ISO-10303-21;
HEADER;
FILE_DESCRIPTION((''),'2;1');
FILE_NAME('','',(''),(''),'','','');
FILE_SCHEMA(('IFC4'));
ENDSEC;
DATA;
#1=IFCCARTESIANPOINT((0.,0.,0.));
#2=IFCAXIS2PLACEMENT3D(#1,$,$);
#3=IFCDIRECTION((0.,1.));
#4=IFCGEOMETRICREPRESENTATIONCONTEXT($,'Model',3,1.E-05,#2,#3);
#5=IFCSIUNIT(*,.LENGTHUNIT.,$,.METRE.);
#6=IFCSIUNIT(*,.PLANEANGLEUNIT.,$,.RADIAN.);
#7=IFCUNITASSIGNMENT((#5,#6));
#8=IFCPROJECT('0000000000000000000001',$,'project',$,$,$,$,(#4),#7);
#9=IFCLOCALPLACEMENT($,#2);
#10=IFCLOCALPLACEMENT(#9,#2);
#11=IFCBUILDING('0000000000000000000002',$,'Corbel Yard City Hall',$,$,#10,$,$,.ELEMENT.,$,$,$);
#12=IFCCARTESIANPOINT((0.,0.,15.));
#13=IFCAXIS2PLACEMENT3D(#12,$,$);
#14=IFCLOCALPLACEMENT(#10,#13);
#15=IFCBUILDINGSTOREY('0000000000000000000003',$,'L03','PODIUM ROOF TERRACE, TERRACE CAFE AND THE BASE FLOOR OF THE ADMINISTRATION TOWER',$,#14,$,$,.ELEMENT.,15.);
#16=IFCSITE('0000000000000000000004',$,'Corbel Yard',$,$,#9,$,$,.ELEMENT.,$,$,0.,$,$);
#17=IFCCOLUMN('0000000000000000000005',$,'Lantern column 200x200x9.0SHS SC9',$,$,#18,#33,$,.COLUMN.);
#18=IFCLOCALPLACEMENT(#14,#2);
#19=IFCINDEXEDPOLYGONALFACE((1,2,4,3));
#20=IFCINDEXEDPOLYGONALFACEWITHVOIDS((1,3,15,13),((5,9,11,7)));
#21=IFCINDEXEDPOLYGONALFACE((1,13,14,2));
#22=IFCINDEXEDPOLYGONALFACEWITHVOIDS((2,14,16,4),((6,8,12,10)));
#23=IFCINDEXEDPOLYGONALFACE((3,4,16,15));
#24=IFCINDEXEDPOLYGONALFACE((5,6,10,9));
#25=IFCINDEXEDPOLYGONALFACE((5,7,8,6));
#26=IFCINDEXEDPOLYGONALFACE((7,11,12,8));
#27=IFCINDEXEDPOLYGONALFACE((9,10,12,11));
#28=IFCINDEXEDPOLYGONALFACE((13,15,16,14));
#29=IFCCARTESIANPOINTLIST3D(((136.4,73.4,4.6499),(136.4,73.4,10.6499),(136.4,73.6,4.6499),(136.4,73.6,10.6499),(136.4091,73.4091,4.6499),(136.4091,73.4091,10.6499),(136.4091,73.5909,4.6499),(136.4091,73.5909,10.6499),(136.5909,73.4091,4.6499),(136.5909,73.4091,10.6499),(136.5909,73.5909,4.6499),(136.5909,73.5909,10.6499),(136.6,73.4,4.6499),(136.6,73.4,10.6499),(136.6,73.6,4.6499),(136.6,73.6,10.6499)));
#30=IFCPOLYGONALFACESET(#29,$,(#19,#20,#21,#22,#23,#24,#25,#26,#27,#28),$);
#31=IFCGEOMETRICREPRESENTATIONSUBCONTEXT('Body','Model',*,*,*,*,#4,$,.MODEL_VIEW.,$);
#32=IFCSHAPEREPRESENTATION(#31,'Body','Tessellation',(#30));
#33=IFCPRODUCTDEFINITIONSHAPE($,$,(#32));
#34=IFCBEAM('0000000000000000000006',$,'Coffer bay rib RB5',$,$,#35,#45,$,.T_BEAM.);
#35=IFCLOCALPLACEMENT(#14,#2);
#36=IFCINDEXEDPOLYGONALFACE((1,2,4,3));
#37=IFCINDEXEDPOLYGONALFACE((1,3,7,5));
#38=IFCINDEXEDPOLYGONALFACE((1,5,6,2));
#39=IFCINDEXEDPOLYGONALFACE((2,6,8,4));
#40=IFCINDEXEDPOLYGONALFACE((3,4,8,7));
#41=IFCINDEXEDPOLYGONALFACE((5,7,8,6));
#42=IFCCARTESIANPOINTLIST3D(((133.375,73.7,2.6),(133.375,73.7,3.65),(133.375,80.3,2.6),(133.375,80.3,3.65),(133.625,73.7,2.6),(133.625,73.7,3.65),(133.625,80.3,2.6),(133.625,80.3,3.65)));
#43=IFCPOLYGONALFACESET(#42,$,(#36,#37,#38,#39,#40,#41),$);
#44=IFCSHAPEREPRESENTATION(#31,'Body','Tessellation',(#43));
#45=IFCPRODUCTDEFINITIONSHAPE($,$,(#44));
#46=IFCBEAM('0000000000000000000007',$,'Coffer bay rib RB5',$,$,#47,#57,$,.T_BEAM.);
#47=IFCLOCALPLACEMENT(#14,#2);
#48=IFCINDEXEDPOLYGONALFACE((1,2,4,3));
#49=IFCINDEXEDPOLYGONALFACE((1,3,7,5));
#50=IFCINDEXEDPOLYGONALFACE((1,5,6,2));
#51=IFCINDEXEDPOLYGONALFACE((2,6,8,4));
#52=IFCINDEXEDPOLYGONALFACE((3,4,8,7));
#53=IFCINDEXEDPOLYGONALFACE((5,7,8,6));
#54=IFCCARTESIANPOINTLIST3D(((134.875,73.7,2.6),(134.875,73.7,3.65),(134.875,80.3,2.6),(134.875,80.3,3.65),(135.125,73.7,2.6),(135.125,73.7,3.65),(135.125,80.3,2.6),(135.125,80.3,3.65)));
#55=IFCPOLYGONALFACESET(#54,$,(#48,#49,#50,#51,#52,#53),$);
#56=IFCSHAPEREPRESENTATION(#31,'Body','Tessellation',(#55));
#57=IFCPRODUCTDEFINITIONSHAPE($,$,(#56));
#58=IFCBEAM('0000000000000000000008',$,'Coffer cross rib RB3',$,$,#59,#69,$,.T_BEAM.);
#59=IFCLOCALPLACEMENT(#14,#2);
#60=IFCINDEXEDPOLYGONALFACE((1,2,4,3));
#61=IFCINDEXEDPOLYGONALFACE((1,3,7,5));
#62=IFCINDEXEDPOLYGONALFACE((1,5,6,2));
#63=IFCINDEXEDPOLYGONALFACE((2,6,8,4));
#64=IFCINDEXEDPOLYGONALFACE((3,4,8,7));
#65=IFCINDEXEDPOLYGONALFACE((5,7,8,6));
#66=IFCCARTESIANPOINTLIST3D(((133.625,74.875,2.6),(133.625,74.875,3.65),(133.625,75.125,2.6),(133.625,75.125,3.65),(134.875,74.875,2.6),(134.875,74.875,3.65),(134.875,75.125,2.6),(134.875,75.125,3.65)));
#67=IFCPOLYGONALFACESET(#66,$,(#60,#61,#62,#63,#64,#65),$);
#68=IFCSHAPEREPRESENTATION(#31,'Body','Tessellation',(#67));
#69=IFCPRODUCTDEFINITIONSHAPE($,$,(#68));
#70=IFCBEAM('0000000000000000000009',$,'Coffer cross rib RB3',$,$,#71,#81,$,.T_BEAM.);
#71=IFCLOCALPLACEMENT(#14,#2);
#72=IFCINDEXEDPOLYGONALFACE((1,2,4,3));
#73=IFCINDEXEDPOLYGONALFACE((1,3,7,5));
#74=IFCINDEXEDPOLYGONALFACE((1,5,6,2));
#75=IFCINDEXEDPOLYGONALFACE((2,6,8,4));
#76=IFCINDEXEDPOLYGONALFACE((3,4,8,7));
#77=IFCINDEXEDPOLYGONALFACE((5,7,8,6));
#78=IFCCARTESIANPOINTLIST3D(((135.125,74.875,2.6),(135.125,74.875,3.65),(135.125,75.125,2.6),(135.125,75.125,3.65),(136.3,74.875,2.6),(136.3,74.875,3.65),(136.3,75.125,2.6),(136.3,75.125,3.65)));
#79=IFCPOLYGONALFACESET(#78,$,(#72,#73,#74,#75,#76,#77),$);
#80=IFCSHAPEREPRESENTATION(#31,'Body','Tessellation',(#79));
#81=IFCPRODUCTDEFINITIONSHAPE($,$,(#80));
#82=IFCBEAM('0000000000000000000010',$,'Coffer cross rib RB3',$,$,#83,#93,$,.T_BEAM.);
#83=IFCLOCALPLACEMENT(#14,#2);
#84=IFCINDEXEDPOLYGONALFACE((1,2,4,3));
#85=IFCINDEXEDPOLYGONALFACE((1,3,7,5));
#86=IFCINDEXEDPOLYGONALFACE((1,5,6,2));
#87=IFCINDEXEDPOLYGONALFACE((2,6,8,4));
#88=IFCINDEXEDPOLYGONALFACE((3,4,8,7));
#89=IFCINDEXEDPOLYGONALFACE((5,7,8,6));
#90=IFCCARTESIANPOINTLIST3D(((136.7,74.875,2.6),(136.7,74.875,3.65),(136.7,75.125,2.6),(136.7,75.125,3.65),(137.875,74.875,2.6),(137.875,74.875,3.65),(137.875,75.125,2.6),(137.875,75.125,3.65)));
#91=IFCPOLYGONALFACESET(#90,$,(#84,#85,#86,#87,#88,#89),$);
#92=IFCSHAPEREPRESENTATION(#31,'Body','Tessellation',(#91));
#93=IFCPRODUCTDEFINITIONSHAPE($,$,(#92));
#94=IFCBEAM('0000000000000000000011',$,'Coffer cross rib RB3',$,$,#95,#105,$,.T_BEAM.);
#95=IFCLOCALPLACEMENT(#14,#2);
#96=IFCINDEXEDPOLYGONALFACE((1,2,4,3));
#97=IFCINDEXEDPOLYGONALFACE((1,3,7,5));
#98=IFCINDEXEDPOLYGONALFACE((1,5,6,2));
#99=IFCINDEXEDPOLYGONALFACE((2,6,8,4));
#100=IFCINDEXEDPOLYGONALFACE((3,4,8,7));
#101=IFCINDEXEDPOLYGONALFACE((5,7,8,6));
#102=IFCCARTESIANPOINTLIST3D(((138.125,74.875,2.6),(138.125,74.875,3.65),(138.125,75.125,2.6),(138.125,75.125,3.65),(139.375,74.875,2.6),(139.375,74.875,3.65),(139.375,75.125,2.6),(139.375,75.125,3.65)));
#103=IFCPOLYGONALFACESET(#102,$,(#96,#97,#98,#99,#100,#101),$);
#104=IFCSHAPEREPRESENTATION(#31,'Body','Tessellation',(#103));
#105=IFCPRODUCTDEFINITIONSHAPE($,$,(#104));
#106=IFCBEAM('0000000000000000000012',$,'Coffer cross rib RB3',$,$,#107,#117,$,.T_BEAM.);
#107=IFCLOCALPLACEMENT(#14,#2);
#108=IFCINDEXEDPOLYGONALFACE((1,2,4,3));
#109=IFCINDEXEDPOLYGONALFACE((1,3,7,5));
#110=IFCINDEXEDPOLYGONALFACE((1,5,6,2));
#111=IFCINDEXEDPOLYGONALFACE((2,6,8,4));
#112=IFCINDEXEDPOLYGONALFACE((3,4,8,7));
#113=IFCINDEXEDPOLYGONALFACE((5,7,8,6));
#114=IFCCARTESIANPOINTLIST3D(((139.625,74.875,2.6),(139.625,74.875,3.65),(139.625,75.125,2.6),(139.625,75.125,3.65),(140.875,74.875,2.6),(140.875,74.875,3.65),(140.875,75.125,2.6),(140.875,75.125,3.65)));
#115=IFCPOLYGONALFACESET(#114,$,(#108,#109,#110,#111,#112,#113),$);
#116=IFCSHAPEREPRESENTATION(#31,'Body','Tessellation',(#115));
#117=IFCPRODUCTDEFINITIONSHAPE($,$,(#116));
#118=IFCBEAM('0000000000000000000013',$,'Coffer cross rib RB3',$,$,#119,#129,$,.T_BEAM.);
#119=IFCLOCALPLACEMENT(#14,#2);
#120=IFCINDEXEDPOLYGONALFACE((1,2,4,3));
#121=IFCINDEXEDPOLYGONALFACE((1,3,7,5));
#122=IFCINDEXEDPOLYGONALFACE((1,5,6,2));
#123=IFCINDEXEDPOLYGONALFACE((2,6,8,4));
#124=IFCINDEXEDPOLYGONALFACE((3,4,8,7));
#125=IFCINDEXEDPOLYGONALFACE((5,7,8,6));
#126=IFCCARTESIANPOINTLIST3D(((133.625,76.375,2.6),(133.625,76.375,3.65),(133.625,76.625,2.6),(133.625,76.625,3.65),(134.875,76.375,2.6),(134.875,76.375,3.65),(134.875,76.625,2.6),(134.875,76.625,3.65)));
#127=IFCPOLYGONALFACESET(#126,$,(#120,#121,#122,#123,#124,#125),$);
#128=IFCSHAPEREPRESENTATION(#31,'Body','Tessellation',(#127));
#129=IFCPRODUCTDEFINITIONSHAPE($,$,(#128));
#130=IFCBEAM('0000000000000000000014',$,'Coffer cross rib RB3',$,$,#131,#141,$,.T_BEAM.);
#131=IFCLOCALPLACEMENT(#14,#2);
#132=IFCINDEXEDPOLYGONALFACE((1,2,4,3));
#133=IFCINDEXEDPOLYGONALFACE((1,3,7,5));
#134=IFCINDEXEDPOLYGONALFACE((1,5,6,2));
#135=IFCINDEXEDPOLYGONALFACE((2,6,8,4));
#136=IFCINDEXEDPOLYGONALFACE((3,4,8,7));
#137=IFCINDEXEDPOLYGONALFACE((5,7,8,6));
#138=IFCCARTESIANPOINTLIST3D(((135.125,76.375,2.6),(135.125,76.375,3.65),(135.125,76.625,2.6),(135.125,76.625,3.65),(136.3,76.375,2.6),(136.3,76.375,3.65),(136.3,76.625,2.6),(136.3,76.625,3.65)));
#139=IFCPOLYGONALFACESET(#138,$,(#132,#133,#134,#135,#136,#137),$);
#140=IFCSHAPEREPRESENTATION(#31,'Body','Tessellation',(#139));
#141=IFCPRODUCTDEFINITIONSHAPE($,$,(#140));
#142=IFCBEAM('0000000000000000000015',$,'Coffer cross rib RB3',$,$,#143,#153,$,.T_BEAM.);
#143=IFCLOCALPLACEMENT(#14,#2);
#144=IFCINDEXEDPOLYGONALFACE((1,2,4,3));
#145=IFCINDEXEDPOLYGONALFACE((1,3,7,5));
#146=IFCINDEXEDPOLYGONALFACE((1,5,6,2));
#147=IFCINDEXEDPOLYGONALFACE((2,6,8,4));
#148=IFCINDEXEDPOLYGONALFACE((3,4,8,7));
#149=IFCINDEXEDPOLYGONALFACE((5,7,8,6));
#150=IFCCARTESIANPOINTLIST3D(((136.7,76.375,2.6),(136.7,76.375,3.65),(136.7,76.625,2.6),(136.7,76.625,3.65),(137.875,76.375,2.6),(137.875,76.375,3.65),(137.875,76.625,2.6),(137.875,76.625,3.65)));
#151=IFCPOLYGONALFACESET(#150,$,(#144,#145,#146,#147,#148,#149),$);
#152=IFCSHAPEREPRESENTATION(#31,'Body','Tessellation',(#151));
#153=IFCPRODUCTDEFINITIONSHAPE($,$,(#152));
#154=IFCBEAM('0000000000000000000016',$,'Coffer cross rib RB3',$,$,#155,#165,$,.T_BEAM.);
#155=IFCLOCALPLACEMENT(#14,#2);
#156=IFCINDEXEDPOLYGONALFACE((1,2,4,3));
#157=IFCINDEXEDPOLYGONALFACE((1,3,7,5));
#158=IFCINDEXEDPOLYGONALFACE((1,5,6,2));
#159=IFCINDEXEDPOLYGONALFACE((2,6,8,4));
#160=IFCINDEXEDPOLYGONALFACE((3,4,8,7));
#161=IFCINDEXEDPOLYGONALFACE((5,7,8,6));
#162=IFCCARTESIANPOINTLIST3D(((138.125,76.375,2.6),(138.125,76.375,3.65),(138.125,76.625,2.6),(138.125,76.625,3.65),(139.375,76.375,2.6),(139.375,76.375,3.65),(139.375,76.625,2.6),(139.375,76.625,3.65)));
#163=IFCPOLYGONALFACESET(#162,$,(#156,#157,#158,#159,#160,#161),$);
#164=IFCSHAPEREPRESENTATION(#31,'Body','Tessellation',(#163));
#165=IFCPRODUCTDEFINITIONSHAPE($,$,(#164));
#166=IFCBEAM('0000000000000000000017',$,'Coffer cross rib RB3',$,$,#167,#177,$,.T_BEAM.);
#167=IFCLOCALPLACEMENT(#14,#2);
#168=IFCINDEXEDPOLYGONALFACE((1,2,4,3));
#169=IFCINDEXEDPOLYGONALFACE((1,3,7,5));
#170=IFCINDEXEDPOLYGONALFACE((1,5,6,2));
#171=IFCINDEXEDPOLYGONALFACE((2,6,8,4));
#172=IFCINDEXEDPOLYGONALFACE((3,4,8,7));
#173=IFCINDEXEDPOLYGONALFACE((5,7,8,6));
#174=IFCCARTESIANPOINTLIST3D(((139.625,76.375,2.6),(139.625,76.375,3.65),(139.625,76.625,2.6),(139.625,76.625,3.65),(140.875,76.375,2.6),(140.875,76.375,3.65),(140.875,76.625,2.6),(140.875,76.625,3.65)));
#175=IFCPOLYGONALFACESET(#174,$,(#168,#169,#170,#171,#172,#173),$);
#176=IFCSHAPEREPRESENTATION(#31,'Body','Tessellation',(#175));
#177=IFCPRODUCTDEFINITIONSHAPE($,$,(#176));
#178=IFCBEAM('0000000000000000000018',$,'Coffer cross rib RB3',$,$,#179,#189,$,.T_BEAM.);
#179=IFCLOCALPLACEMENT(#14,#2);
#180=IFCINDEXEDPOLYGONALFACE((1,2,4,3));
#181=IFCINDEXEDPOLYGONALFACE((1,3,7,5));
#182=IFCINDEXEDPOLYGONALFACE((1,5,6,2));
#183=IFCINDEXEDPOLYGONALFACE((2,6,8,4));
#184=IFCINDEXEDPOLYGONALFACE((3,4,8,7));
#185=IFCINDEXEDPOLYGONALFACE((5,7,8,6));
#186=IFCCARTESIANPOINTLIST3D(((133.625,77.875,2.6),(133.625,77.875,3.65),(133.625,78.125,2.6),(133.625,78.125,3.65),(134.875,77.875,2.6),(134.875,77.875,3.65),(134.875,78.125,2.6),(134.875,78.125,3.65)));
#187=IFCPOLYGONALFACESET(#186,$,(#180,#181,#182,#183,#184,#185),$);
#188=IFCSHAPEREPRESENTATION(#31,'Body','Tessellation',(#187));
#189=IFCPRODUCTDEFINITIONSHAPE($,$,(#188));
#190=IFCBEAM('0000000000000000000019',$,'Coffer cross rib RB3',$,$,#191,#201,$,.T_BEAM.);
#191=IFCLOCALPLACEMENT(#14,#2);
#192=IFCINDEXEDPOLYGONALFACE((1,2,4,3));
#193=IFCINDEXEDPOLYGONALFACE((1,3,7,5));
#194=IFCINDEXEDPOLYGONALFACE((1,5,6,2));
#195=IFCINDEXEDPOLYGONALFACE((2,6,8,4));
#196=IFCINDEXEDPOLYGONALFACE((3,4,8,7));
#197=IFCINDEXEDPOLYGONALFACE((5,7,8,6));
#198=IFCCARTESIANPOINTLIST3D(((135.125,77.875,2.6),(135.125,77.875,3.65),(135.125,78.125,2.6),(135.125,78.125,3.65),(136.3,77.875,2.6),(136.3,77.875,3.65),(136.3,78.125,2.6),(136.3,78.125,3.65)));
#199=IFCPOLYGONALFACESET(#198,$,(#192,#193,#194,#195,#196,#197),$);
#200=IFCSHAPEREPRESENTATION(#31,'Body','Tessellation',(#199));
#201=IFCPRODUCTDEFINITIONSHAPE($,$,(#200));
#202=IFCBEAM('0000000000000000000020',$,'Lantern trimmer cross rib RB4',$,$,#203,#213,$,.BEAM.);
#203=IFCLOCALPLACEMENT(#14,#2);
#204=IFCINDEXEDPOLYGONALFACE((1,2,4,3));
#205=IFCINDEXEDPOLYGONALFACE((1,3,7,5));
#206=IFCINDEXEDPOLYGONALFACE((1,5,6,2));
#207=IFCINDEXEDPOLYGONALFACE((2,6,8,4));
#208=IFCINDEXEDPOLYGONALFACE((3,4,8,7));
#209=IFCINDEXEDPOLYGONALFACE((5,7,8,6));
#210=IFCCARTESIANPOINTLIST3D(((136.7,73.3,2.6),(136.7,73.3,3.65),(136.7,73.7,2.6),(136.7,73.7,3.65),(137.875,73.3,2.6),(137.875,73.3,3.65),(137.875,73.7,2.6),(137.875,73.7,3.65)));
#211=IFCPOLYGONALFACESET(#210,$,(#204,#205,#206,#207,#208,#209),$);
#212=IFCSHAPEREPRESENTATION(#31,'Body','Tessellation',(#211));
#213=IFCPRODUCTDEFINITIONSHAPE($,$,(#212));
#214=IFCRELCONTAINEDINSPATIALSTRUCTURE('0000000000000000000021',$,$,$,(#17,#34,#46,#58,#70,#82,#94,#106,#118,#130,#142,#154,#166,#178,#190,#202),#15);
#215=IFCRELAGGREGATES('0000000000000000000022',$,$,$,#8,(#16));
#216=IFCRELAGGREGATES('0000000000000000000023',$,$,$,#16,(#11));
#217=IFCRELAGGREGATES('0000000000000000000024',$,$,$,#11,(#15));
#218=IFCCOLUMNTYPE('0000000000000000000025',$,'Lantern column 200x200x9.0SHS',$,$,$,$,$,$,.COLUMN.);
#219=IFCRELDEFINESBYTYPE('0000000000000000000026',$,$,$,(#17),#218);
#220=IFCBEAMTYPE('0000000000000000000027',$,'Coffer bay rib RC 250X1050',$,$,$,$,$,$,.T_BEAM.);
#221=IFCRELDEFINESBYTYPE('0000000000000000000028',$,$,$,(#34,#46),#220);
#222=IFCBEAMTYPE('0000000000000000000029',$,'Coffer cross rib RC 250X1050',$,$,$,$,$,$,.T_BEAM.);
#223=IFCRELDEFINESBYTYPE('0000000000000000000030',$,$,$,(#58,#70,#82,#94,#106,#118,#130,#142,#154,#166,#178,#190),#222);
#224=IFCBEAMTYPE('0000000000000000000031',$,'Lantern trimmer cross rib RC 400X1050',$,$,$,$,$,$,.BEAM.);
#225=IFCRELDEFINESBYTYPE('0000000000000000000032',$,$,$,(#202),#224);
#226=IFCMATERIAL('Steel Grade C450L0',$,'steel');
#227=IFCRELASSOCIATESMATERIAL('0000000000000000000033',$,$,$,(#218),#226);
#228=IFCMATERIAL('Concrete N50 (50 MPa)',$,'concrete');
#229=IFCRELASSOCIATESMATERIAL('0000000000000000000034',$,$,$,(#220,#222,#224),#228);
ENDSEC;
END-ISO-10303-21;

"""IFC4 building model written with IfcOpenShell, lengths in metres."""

from ifc_helpers import new_model, si_unit, direction, frame, origin, origin_2d, place, context, subcontext, project, spatial, rectangle, hollow_rectangle, extrude, material, material_profile, profile_set, type_object, element, save


model = new_model("IFC4")

# Units and contexts
model_context = context("Model", 3, precision=1e-05, world=origin(), true_north=direction((0.0, 1.0)))
body_context = subcontext(model_context, "Body", "Model", "MODEL_VIEW")
ifc_project = project(units=[si_unit("LENGTHUNIT", "METRE"), si_unit("PLANEANGLEUNIT", "RADIAN")], contexts=[model_context])

# Site, building, storey
site_placement = place(None, origin())
site = spatial("IfcSite", under=ifc_project, at=site_placement, Name="Corbel Yard", CompositionType="ELEMENT", RefElevation=0.0)
building_placement = place(site_placement, origin())
building = spatial("IfcBuilding", under=site, at=building_placement, Name="Corbel Yard City Hall", CompositionType="ELEMENT")
storey_placement = place(building_placement, frame((0.0, 0.0, 15.0)))
storey = spatial("IfcBuildingStorey", under=building, at=storey_placement, Name="L03", Description="PODIUM ROOF TERRACE, TERRACE CAFE AND THE BASE FLOOR OF THE ADMINISTRATION TOWER", CompositionType="ELEMENT", Elevation=15.0)

# Column
ifc_material_1 = material(Name="Steel Grade C450L0", Category="steel")
ifc_material_profile_1 = material_profile(ifc_material_1, hollow_rectangle(XDim=0.2, YDim=0.2, WallThickness=0.009, at=origin_2d()), Name="200x200x9.0SHS")
ifc_profile_set_1 = profile_set([ifc_material_profile_1], Name="Steel Grade C450L0")
column_type = type_object("IfcColumnType", Name="Lantern column 200x200x9.0SHS", PredefinedType="COLUMN", material=ifc_profile_set_1)
column_placement = place(storey_placement, frame((136.5, 73.5, 4.6499), z_axis=(0.0, 0.0, 1.0), x_axis=(1.0, 0.0, 0.0)))
element("IfcColumn", 1, at=column_placement, inside=storey, type_object=column_type, Name="Lantern column 200x200x9.0SHS SC9", PredefinedType="COLUMN", context=body_context, shape_type="SweptSolid", body=[
    extrude(hollow_rectangle(XDim=0.2, YDim=0.2, WallThickness=0.009, at=origin_2d()), origin(), (0.0, 0.0, 1.0), 6.0),
])

# Beams
ifc_material_2 = material(Name="Concrete N50 (50 MPa)", Category="concrete")
ifc_material_profile_2 = material_profile(ifc_material_2, rectangle(XDim=0.25, YDim=1.05, at=origin_2d()), Name="250x1050")
ifc_profile_set_2 = profile_set([ifc_material_profile_2], Name="Concrete N50 (50 MPa)")
beam_type_1 = type_object("IfcBeamType", Name="Coffer bay rib RC 250X1050", PredefinedType="T_BEAM", material=ifc_profile_set_2)
for number, where, z_axis, x_axis, name in (
    (2, (133.5, 73.7, 3.125), (0.0, 1.0, 0.0), (-1.0, 0.0, 0.0), "Coffer bay rib RB5"),
    (3, (135.0, 73.7, 3.125), (0.0, 1.0, 0.0), (-1.0, 0.0, 0.0), "Coffer bay rib RB5"),
):
    element("IfcBeam", number, at=place(storey_placement, frame(where, z_axis=z_axis, x_axis=x_axis)), inside=storey, type_object=beam_type_1, Name=name, PredefinedType="T_BEAM", context=body_context, shape_type="SweptSolid", body=[
        extrude(rectangle(XDim=0.25, YDim=1.05, at=origin_2d()), origin(), (0.0, 0.0, 1.0), 6.6001),
    ])
ifc_material_profile_3 = material_profile(ifc_material_2, rectangle(XDim=0.25, YDim=1.05, at=origin_2d()), Name="250x1050")
ifc_profile_set_3 = profile_set([ifc_material_profile_3], Name="Concrete N50 (50 MPa)")
beam_type_2 = type_object("IfcBeamType", Name="Coffer cross rib RC 250X1050", PredefinedType="T_BEAM", material=ifc_profile_set_3)
beam_1_placement = place(storey_placement, frame((133.625, 75.0, 3.125), z_axis=(1.0, 0.0, 0.0), x_axis=(0.0, 1.0, 0.0)))
element("IfcBeam", 4, at=beam_1_placement, inside=storey, type_object=beam_type_2, Name="Coffer cross rib RB3", PredefinedType="T_BEAM", context=body_context, shape_type="SweptSolid", body=[
    extrude(rectangle(XDim=0.25, YDim=1.05, at=origin_2d()), origin(), (0.0, 0.0, 1.0), 1.25),
])
for number, where, z_axis, x_axis, name in (
    (5, (135.125, 75.0, 3.125), (1.0, 0.0, 0.0), (0.0, 1.0, 0.0), "Coffer cross rib RB3"),
    (6, (136.7, 75.0, 3.125), (1.0, 0.0, 0.0), (0.0, 1.0, 0.0), "Coffer cross rib RB3"),
):
    element("IfcBeam", number, at=place(storey_placement, frame(where, z_axis=z_axis, x_axis=x_axis)), inside=storey, type_object=beam_type_2, Name=name, PredefinedType="T_BEAM", context=body_context, shape_type="SweptSolid", body=[
        extrude(rectangle(XDim=0.25, YDim=1.05, at=origin_2d()), origin(), (0.0, 0.0, 1.0), 1.175),
    ])
for number, where, z_axis, x_axis, name in (
    (7, (138.125, 75.0, 3.125), (1.0, 0.0, 0.0), (0.0, 1.0, 0.0), "Coffer cross rib RB3"),
    (8, (139.625, 75.0, 3.125), (1.0, 0.0, 0.0), (0.0, 1.0, 0.0), "Coffer cross rib RB3"),
    (9, (133.625, 76.5, 3.125), (1.0, 0.0, 0.0), (0.0, 1.0, 0.0), "Coffer cross rib RB3"),
):
    element("IfcBeam", number, at=place(storey_placement, frame(where, z_axis=z_axis, x_axis=x_axis)), inside=storey, type_object=beam_type_2, Name=name, PredefinedType="T_BEAM", context=body_context, shape_type="SweptSolid", body=[
        extrude(rectangle(XDim=0.25, YDim=1.05, at=origin_2d()), origin(), (0.0, 0.0, 1.0), 1.25),
    ])
for number, where, z_axis, x_axis, name in (
    (10, (135.125, 76.5, 3.125), (1.0, 0.0, 0.0), (0.0, 1.0, 0.0), "Coffer cross rib RB3"),
    (11, (136.7, 76.5, 3.125), (1.0, 0.0, 0.0), (0.0, 1.0, 0.0), "Coffer cross rib RB3"),
):
    element("IfcBeam", number, at=place(storey_placement, frame(where, z_axis=z_axis, x_axis=x_axis)), inside=storey, type_object=beam_type_2, Name=name, PredefinedType="T_BEAM", context=body_context, shape_type="SweptSolid", body=[
        extrude(rectangle(XDim=0.25, YDim=1.05, at=origin_2d()), origin(), (0.0, 0.0, 1.0), 1.175),
    ])
for number, where, z_axis, x_axis, name in (
    (12, (138.125, 76.5, 3.125), (1.0, 0.0, 0.0), (0.0, 1.0, 0.0), "Coffer cross rib RB3"),
    (13, (139.625, 76.5, 3.125), (1.0, 0.0, 0.0), (0.0, 1.0, 0.0), "Coffer cross rib RB3"),
    (14, (133.625, 78.0, 3.125), (1.0, 0.0, 0.0), (0.0, 1.0, 0.0), "Coffer cross rib RB3"),
):
    element("IfcBeam", number, at=place(storey_placement, frame(where, z_axis=z_axis, x_axis=x_axis)), inside=storey, type_object=beam_type_2, Name=name, PredefinedType="T_BEAM", context=body_context, shape_type="SweptSolid", body=[
        extrude(rectangle(XDim=0.25, YDim=1.05, at=origin_2d()), origin(), (0.0, 0.0, 1.0), 1.25),
    ])
beam_2_placement = place(storey_placement, frame((135.125, 78.0, 3.125), z_axis=(1.0, 0.0, 0.0), x_axis=(0.0, 1.0, 0.0)))
element("IfcBeam", 15, at=beam_2_placement, inside=storey, type_object=beam_type_2, Name="Coffer cross rib RB3", PredefinedType="T_BEAM", context=body_context, shape_type="SweptSolid", body=[
    extrude(rectangle(XDim=0.25, YDim=1.05, at=origin_2d()), origin(), (0.0, 0.0, 1.0), 1.175),
])
ifc_material_profile_4 = material_profile(ifc_material_2, rectangle(XDim=0.3999, YDim=1.05, at=origin_2d()), Name="400x1050")
ifc_profile_set_4 = profile_set([ifc_material_profile_4], Name="Concrete N50 (50 MPa)")
beam_type_3 = type_object("IfcBeamType", Name="Lantern trimmer cross rib RC 400X1050", PredefinedType="BEAM", material=ifc_profile_set_4)
beam_3_placement = place(storey_placement, frame((136.7, 73.5, 3.125), z_axis=(1.0, 0.0, 0.0), x_axis=(0.0, 1.0, 0.0)))
element("IfcBeam", 16, at=beam_3_placement, inside=storey, type_object=beam_type_3, Name="Lantern trimmer cross rib RB4", PredefinedType="BEAM", context=body_context, shape_type="SweptSolid", body=[
    extrude(rectangle(XDim=0.3999, YDim=1.05, at=origin_2d()), origin(), (0.0, 0.0, 1.0), 1.175),
])

save(model, "model.ifc")
